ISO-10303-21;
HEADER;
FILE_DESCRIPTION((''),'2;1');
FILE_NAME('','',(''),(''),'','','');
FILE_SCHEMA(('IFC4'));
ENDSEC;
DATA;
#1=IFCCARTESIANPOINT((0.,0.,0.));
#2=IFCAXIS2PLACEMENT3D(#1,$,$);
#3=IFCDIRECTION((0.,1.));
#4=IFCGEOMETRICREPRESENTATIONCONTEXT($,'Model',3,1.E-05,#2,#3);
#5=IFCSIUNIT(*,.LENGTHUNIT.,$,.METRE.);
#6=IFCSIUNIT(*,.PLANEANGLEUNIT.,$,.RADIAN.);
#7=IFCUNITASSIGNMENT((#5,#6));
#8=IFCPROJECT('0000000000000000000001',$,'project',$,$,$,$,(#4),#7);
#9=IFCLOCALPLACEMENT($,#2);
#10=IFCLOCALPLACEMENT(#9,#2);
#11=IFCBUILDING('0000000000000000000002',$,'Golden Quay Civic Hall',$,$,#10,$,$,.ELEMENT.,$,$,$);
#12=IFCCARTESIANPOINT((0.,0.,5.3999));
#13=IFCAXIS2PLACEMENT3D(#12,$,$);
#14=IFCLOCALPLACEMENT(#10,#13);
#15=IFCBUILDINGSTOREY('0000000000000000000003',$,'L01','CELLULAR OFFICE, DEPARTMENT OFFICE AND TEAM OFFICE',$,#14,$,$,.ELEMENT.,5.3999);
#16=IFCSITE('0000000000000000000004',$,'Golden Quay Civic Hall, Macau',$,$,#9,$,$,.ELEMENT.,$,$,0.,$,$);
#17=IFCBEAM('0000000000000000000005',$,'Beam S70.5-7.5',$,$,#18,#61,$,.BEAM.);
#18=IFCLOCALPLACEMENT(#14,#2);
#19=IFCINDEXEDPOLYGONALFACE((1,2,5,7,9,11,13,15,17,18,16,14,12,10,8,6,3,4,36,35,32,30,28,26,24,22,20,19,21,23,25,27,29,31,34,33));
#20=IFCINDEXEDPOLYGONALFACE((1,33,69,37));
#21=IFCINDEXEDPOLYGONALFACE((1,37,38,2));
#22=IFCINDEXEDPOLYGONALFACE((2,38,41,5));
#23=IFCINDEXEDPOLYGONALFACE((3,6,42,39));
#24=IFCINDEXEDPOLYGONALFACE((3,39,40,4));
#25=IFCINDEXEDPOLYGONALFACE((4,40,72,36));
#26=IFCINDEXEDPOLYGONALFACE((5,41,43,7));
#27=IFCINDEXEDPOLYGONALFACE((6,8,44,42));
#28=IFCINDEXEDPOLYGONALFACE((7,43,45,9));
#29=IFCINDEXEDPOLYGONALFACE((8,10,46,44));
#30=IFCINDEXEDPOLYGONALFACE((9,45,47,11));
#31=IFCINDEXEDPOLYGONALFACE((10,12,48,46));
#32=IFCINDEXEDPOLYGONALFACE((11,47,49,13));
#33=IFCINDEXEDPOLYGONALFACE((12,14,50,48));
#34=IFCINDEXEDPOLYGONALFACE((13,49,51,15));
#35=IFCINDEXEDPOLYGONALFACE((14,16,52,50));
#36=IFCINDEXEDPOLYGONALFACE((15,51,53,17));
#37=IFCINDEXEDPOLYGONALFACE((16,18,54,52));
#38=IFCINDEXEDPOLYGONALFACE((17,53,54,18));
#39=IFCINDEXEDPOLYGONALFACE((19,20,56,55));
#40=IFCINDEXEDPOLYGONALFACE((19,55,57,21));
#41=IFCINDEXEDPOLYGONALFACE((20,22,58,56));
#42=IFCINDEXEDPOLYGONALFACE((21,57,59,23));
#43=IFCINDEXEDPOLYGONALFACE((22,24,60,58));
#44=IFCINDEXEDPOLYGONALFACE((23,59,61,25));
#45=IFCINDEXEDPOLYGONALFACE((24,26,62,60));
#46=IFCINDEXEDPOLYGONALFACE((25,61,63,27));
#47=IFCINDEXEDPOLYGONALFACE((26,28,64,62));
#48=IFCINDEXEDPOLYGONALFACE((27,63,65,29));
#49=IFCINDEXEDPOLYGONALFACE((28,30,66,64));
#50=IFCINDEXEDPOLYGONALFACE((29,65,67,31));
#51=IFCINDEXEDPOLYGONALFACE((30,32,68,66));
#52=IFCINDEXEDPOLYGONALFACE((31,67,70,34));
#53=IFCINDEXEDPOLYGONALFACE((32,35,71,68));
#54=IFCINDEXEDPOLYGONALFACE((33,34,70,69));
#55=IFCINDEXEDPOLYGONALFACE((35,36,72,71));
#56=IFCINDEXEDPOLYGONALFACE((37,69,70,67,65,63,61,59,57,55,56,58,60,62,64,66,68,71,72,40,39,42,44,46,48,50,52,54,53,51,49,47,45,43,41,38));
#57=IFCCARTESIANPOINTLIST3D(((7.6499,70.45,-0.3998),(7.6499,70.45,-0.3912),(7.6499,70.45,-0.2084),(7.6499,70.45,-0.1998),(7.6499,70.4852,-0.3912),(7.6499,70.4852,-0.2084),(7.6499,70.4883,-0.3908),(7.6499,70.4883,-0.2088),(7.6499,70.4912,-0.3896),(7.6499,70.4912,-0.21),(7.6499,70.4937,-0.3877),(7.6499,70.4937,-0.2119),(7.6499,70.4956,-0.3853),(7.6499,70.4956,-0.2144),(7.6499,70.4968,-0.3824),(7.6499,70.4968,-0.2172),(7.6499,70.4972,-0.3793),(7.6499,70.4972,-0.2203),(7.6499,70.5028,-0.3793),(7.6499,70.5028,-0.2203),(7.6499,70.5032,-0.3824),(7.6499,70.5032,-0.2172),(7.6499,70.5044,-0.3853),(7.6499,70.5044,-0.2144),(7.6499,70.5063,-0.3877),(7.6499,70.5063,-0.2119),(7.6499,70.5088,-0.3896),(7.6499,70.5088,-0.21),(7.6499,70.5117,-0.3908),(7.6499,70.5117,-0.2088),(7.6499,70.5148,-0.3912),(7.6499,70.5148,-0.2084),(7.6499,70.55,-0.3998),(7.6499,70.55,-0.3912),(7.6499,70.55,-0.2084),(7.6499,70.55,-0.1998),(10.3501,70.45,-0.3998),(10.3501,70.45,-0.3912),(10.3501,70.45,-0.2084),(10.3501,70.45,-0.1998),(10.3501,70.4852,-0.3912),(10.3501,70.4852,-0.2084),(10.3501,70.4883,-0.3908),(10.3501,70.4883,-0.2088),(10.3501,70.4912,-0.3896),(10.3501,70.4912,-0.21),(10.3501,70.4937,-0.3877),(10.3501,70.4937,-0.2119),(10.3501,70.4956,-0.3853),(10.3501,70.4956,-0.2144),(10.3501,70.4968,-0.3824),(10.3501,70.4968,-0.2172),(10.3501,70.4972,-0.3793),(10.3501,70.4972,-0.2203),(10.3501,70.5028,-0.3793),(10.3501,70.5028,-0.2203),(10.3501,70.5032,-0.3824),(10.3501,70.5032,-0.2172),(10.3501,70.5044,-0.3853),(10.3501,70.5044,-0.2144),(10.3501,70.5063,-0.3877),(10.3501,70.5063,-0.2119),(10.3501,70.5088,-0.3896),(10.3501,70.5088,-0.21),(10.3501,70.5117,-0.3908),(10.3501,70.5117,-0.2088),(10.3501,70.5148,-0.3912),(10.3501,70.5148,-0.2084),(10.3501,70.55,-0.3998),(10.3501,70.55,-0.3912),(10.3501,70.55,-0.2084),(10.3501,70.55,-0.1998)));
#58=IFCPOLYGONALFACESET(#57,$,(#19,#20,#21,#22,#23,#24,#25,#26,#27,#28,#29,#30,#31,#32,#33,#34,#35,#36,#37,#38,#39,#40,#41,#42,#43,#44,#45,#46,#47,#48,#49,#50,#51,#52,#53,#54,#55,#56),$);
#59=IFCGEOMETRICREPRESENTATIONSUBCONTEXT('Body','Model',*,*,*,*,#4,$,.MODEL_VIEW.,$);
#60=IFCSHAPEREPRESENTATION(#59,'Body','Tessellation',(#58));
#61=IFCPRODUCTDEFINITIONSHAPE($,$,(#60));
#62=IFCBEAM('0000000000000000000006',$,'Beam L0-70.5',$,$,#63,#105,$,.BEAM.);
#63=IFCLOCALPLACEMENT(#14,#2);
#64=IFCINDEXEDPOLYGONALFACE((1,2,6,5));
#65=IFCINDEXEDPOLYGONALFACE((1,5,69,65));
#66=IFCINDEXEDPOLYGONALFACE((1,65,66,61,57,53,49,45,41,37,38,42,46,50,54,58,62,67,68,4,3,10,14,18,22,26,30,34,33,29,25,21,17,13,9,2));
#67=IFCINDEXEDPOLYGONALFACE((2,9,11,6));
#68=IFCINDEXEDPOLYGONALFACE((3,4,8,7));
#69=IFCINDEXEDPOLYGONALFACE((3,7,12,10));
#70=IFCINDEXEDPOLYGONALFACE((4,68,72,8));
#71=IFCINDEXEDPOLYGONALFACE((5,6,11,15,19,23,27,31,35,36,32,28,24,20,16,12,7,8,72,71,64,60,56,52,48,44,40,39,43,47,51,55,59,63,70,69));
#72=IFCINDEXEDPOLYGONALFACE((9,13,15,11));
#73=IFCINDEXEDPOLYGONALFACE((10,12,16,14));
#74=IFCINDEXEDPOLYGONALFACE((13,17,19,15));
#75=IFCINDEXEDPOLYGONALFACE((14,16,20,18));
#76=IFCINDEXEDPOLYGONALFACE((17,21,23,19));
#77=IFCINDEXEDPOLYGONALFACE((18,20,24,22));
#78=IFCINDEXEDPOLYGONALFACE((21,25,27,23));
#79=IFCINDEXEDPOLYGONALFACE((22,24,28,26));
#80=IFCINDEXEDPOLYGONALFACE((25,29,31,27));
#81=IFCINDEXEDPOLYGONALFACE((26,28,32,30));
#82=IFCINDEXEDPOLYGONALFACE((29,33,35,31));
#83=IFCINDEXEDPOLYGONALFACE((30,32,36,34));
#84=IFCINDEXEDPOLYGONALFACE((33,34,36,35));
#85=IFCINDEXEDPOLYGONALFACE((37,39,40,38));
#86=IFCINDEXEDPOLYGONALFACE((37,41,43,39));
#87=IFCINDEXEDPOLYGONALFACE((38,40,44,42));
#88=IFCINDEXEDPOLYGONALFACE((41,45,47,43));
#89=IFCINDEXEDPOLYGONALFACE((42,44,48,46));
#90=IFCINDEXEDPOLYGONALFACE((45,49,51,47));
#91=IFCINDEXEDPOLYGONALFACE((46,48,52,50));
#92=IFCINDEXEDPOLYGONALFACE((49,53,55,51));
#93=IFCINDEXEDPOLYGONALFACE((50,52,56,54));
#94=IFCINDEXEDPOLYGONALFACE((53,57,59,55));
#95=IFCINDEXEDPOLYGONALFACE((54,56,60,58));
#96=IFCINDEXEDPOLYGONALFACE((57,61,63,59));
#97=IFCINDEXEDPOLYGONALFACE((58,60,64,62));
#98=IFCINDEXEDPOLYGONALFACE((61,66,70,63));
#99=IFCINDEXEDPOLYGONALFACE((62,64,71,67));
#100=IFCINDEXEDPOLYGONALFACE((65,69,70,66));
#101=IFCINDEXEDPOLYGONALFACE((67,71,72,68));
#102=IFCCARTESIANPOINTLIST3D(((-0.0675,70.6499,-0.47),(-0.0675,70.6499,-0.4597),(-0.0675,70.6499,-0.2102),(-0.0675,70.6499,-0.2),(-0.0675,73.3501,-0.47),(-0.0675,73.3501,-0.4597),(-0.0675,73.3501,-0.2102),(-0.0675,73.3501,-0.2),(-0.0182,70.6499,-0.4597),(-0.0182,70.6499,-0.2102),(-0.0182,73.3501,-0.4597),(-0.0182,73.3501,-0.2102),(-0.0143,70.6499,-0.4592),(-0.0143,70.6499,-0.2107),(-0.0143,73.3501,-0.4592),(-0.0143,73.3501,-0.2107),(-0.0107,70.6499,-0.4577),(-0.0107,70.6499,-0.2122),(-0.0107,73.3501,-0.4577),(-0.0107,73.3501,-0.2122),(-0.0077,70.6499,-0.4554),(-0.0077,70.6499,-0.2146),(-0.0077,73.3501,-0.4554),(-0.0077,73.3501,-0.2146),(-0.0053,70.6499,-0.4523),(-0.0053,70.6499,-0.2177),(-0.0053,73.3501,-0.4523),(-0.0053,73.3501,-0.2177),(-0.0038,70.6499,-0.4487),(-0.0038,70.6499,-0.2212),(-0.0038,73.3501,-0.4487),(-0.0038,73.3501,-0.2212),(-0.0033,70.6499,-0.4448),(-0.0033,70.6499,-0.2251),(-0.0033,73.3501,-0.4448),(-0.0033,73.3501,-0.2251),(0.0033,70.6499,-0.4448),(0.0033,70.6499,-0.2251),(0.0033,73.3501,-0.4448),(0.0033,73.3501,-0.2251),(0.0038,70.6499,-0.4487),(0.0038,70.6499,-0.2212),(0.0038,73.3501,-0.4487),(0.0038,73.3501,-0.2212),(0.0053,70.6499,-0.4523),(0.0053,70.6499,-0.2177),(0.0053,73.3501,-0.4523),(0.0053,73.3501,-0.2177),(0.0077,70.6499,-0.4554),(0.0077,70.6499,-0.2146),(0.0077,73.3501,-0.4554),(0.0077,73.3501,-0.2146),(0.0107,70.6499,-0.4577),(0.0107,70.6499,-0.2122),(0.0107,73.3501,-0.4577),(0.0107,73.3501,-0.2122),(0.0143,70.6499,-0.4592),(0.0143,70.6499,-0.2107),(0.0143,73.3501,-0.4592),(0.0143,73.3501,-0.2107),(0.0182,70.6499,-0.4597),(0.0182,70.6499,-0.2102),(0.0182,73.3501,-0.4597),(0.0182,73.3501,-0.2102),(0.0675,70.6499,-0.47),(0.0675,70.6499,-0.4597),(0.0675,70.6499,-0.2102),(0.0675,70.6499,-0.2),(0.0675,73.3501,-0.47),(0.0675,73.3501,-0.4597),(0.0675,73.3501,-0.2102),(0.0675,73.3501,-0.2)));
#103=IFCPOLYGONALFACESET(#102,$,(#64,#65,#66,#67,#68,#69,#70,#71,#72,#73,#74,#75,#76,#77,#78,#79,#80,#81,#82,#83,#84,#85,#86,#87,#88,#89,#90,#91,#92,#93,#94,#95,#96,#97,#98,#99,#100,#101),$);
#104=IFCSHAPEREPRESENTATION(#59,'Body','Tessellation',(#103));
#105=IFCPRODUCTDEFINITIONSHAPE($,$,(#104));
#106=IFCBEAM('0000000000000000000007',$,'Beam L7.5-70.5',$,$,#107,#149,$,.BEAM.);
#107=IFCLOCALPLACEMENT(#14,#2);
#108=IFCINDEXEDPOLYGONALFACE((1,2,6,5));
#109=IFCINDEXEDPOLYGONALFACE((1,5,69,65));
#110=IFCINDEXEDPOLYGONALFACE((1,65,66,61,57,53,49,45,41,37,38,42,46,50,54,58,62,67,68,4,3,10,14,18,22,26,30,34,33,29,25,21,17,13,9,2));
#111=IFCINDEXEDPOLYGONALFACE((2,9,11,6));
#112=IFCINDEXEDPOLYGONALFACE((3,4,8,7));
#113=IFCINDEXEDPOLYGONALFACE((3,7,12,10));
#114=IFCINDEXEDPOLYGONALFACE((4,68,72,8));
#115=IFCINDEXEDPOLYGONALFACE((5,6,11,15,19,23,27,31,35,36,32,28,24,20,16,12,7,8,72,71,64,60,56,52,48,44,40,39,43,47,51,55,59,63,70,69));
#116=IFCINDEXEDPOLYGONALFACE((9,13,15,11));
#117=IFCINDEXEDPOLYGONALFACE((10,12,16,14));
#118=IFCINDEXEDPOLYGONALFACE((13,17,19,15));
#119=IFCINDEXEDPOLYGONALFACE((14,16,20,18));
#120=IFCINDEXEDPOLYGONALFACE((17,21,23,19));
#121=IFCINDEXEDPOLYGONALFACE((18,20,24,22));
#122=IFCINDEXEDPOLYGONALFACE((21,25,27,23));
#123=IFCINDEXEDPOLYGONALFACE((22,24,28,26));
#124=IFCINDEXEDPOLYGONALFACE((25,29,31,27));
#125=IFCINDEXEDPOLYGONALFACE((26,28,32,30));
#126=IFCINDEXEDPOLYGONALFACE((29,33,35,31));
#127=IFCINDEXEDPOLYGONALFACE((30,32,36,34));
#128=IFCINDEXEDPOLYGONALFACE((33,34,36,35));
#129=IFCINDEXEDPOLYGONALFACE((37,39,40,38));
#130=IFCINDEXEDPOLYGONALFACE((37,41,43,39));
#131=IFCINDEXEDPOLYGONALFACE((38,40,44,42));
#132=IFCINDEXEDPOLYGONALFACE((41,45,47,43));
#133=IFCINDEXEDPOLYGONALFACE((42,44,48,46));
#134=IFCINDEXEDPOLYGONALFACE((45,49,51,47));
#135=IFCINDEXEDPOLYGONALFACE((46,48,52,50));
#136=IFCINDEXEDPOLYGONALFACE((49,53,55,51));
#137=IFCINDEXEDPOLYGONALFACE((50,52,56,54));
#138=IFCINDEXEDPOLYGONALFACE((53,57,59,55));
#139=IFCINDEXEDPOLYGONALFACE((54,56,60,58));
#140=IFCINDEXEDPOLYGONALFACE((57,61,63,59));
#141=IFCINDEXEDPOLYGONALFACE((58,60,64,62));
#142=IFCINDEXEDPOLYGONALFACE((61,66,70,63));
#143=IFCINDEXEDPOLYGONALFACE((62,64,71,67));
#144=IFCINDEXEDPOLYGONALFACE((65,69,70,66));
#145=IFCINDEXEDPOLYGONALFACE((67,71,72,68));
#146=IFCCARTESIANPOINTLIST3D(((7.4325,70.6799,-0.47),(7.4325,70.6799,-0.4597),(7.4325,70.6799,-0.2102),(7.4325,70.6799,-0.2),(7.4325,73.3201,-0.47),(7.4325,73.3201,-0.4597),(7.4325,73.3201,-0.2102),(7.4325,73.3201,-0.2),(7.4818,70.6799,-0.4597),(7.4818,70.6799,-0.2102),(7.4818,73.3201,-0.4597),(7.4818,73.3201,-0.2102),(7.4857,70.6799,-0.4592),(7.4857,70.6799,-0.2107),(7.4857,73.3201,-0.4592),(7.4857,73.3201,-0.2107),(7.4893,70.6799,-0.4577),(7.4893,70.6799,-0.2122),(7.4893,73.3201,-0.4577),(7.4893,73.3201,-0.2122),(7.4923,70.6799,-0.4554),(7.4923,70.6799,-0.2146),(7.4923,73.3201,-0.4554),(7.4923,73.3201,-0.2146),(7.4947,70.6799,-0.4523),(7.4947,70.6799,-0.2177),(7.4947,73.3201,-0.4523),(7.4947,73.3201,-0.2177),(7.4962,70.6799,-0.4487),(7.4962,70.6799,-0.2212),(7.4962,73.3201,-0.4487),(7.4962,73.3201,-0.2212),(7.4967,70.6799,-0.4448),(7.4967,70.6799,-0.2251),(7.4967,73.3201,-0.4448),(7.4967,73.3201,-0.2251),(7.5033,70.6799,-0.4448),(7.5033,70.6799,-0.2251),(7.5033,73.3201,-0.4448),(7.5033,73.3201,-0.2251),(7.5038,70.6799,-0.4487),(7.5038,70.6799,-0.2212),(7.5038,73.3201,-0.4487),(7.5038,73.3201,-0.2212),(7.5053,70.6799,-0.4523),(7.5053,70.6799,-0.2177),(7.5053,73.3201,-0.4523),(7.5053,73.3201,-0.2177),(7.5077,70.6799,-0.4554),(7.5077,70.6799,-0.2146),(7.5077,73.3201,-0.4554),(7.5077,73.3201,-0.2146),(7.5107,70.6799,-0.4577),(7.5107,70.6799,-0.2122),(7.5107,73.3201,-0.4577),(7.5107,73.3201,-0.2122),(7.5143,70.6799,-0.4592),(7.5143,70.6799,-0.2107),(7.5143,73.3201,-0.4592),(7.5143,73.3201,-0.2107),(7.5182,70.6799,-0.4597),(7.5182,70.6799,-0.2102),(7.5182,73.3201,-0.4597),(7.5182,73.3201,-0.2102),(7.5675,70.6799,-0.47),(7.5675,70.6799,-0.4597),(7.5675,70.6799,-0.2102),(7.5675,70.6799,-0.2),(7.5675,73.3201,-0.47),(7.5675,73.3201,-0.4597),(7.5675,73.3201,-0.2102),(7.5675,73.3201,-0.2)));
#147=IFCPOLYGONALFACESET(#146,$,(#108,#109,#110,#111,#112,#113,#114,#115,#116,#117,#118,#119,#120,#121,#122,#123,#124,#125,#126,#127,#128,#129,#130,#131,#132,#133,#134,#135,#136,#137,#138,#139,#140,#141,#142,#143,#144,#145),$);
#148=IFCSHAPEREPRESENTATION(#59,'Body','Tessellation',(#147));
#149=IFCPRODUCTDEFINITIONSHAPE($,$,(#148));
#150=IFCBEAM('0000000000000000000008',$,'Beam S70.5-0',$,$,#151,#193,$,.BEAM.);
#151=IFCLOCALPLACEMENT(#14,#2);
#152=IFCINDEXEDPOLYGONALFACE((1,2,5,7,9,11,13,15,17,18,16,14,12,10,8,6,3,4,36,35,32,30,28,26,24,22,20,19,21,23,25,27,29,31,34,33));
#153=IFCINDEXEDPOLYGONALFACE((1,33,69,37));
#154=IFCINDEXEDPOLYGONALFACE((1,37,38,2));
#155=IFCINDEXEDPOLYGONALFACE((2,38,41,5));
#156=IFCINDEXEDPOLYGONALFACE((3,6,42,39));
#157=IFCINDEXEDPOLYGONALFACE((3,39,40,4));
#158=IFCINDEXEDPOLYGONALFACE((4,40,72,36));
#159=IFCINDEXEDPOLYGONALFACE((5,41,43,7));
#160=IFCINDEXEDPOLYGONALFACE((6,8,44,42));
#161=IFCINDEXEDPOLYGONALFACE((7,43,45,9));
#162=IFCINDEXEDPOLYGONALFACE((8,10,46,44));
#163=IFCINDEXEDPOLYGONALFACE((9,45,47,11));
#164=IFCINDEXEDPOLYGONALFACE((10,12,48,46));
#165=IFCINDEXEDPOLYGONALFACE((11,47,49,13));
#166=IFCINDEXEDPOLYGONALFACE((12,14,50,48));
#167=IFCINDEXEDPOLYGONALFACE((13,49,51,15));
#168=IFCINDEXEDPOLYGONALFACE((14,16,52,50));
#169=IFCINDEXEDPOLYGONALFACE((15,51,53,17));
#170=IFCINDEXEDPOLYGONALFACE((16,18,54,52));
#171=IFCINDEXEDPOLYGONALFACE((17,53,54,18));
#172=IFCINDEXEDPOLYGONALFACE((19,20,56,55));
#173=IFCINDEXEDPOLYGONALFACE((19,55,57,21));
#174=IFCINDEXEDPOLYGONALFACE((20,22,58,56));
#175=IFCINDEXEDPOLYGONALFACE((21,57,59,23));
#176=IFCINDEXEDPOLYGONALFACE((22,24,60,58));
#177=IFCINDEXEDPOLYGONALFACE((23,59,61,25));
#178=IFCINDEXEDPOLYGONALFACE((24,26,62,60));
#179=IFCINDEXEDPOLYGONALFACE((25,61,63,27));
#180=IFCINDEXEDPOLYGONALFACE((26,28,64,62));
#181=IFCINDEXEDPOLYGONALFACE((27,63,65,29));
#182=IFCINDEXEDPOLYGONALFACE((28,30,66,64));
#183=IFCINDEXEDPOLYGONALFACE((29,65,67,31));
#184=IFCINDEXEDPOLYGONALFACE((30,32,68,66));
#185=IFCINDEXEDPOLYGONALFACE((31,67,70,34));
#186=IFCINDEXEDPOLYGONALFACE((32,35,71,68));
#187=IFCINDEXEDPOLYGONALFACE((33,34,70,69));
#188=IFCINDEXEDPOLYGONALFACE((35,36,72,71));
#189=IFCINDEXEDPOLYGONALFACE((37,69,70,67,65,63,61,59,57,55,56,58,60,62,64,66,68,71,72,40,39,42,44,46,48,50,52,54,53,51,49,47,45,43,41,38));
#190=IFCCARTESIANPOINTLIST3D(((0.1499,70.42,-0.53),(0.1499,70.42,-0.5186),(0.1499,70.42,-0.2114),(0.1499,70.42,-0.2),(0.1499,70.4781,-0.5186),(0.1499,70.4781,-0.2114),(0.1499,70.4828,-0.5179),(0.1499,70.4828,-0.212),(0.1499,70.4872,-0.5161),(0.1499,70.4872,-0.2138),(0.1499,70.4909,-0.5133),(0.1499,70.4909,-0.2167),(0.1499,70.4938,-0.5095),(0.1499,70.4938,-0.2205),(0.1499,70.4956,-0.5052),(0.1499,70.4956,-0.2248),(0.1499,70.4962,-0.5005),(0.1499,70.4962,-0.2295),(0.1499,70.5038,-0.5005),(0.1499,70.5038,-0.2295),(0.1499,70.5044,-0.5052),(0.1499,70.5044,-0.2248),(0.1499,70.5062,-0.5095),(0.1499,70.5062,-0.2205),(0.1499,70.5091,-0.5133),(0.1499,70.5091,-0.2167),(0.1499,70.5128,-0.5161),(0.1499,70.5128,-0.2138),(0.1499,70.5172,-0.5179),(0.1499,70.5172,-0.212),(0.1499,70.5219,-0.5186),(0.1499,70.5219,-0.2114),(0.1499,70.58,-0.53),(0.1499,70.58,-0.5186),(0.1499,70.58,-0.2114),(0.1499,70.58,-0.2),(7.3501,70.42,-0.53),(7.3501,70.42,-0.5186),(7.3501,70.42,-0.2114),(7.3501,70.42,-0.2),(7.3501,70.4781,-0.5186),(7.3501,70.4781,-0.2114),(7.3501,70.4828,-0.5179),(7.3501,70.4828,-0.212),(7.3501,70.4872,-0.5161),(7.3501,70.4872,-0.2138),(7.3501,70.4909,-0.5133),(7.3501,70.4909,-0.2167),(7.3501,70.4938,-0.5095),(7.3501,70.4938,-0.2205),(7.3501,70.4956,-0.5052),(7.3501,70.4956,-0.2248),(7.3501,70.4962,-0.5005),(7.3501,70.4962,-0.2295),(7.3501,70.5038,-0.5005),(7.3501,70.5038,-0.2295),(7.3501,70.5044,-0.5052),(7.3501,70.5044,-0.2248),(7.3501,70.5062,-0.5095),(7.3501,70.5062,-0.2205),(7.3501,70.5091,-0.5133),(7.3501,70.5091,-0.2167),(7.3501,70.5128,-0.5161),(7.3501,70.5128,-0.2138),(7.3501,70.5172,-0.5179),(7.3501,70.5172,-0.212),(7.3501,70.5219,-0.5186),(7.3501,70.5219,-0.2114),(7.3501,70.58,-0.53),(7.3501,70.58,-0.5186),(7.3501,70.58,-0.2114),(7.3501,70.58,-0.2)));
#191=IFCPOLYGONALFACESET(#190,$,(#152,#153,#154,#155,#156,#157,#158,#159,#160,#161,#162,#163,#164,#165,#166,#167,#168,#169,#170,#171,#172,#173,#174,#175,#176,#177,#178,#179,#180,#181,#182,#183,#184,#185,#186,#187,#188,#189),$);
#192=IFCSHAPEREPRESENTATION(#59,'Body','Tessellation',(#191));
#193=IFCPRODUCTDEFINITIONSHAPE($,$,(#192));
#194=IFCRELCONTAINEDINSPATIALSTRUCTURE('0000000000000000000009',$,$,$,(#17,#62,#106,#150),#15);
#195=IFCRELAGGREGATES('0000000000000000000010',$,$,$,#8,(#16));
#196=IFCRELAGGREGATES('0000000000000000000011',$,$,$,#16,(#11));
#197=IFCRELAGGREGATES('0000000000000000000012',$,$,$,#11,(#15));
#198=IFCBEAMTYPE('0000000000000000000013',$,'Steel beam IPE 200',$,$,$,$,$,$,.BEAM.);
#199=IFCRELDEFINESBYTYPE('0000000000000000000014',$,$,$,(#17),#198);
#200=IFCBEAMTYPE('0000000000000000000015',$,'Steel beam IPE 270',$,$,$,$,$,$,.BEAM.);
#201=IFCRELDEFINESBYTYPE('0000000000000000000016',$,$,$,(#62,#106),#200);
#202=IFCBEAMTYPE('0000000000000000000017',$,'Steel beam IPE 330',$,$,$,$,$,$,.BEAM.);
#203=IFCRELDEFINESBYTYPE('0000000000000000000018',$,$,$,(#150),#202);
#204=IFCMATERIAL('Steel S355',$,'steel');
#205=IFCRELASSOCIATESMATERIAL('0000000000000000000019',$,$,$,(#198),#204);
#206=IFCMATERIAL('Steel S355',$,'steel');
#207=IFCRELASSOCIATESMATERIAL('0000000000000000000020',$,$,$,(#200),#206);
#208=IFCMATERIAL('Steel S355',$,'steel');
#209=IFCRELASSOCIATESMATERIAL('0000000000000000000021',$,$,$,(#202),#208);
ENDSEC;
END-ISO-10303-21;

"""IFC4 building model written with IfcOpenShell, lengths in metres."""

from ifc_helpers import new_model, si_unit, direction, frame, origin, origin_2d, place, context, subcontext, project, spatial, i_section, extrude, material, material_profile, profile_set, type_object, element, save


model = new_model("IFC4")

# Units and contexts
model_context = context("Model", 3, precision=1e-05, world=origin(), true_north=direction((0.0, 1.0)))
body_context = subcontext(model_context, "Body", "Model", "MODEL_VIEW")
ifc_project = project(units=[si_unit("LENGTHUNIT", "METRE"), si_unit("PLANEANGLEUNIT", "RADIAN")], contexts=[model_context])

# Site, building, storey
site_placement = place(None, origin())
site = spatial("IfcSite", under=ifc_project, at=site_placement, Name="Golden Quay Civic Hall, Macau", CompositionType="ELEMENT", RefElevation=0.0)
building_placement = place(site_placement, origin())
building = spatial("IfcBuilding", under=site, at=building_placement, Name="Golden Quay Civic Hall", CompositionType="ELEMENT")
storey_placement = place(building_placement, frame((0.0, 0.0, 5.3999)))
storey = spatial("IfcBuildingStorey", under=building, at=storey_placement, Name="L01", Description="CELLULAR OFFICE, DEPARTMENT OFFICE AND TEAM OFFICE", CompositionType="ELEMENT", Elevation=5.3999)

# Beams
ifc_material_1 = material(Name="Steel S355", Category="steel")
ifc_material_profile_1 = material_profile(ifc_material_1, i_section(OverallWidth=0.1001, OverallDepth=0.2, WebThickness=0.0056, FlangeThickness=0.0085, FilletRadius=0.012, at=origin_2d()), Name="IPE 200")
ifc_profile_set_1 = profile_set([ifc_material_profile_1], Name="Steel S355")
beam_type_1 = type_object("IfcBeamType", Name="Steel beam IPE 200", PredefinedType="BEAM", material=ifc_profile_set_1)
beam_1_placement = place(storey_placement, frame((7.6499, 70.5, -0.2998), z_axis=(1.0, 0.0, 0.0), x_axis=(0.0, 1.0, 0.0)))
element("IfcBeam", 1, at=beam_1_placement, inside=storey, type_object=beam_type_1, Name="Beam S70.5-7.5", PredefinedType="BEAM", context=body_context, shape_type="SweptSolid", body=[
    extrude(i_section(OverallWidth=0.1001, OverallDepth=0.2, WebThickness=0.0056, FlangeThickness=0.0085, FilletRadius=0.012, at=origin_2d()), origin(), (0.0, 0.0, 1.0), 2.7002),
])
ifc_material_2 = material(Name="Steel S355", Category="steel")
ifc_material_profile_2 = material_profile(ifc_material_2, i_section(OverallWidth=0.135, OverallDepth=0.27, WebThickness=0.0066, FlangeThickness=0.0103, FilletRadius=0.0149, at=origin_2d()), Name="IPE 270")
ifc_profile_set_2 = profile_set([ifc_material_profile_2], Name="Steel S355")
beam_type_2 = type_object("IfcBeamType", Name="Steel beam IPE 270", PredefinedType="BEAM", material=ifc_profile_set_2)
beam_2_placement = place(storey_placement, frame((0.0, 70.6499, -0.335), z_axis=(0.0, 1.0, 0.0), x_axis=(-1.0, 0.0, 0.0)))
element("IfcBeam", 2, at=beam_2_placement, inside=storey, type_object=beam_type_2, Name="Beam L0-70.5", PredefinedType="BEAM", context=body_context, shape_type="SweptSolid", body=[
    extrude(i_section(OverallWidth=0.135, OverallDepth=0.27, WebThickness=0.0066, FlangeThickness=0.0103, FilletRadius=0.0149, at=origin_2d()), origin(), (0.0, 0.0, 1.0), 2.7002),
])
beam_3_placement = place(storey_placement, frame((7.5, 70.6799, -0.335), z_axis=(0.0, 1.0, 0.0), x_axis=(-1.0, 0.0, 0.0)))
element("IfcBeam", 3, at=beam_3_placement, inside=storey, type_object=beam_type_2, Name="Beam L7.5-70.5", PredefinedType="BEAM", context=body_context, shape_type="SweptSolid", body=[
    extrude(i_section(OverallWidth=0.135, OverallDepth=0.27, WebThickness=0.0066, FlangeThickness=0.0103, FilletRadius=0.0149, at=origin_2d()), origin(), (0.0, 0.0, 1.0), 2.6401),
])
ifc_material_3 = material(Name="Steel S355", Category="steel")
ifc_material_profile_3 = material_profile(ifc_material_3, i_section(OverallWidth=0.1599, OverallDepth=0.3301, WebThickness=0.0076, FlangeThickness=0.0115, FilletRadius=0.0181, at=origin_2d()), Name="IPE 330")
ifc_profile_set_3 = profile_set([ifc_material_profile_3], Name="Steel S355")
beam_type_3 = type_object("IfcBeamType", Name="Steel beam IPE 330", PredefinedType="BEAM", material=ifc_profile_set_3)
for number, where, z_axis, x_axis, name in (
    (4, (0.1499, 70.5, -0.365), (1.0, 0.0, 0.0), (0.0, 1.0, 0.0), "Beam S70.5-0"),
):
    element("IfcBeam", number, at=place(storey_placement, frame(where, z_axis=z_axis, x_axis=x_axis)), inside=storey, type_object=beam_type_3, Name=name, PredefinedType="BEAM", context=body_context, shape_type="SweptSolid", body=[
        extrude(i_section(OverallWidth=0.1599, OverallDepth=0.3301, WebThickness=0.0076, FlangeThickness=0.0115, FilletRadius=0.0181, at=origin_2d()), origin(), (0.0, 0.0, 1.0), 7.2002),
    ])

save(model, "model.ifc")
